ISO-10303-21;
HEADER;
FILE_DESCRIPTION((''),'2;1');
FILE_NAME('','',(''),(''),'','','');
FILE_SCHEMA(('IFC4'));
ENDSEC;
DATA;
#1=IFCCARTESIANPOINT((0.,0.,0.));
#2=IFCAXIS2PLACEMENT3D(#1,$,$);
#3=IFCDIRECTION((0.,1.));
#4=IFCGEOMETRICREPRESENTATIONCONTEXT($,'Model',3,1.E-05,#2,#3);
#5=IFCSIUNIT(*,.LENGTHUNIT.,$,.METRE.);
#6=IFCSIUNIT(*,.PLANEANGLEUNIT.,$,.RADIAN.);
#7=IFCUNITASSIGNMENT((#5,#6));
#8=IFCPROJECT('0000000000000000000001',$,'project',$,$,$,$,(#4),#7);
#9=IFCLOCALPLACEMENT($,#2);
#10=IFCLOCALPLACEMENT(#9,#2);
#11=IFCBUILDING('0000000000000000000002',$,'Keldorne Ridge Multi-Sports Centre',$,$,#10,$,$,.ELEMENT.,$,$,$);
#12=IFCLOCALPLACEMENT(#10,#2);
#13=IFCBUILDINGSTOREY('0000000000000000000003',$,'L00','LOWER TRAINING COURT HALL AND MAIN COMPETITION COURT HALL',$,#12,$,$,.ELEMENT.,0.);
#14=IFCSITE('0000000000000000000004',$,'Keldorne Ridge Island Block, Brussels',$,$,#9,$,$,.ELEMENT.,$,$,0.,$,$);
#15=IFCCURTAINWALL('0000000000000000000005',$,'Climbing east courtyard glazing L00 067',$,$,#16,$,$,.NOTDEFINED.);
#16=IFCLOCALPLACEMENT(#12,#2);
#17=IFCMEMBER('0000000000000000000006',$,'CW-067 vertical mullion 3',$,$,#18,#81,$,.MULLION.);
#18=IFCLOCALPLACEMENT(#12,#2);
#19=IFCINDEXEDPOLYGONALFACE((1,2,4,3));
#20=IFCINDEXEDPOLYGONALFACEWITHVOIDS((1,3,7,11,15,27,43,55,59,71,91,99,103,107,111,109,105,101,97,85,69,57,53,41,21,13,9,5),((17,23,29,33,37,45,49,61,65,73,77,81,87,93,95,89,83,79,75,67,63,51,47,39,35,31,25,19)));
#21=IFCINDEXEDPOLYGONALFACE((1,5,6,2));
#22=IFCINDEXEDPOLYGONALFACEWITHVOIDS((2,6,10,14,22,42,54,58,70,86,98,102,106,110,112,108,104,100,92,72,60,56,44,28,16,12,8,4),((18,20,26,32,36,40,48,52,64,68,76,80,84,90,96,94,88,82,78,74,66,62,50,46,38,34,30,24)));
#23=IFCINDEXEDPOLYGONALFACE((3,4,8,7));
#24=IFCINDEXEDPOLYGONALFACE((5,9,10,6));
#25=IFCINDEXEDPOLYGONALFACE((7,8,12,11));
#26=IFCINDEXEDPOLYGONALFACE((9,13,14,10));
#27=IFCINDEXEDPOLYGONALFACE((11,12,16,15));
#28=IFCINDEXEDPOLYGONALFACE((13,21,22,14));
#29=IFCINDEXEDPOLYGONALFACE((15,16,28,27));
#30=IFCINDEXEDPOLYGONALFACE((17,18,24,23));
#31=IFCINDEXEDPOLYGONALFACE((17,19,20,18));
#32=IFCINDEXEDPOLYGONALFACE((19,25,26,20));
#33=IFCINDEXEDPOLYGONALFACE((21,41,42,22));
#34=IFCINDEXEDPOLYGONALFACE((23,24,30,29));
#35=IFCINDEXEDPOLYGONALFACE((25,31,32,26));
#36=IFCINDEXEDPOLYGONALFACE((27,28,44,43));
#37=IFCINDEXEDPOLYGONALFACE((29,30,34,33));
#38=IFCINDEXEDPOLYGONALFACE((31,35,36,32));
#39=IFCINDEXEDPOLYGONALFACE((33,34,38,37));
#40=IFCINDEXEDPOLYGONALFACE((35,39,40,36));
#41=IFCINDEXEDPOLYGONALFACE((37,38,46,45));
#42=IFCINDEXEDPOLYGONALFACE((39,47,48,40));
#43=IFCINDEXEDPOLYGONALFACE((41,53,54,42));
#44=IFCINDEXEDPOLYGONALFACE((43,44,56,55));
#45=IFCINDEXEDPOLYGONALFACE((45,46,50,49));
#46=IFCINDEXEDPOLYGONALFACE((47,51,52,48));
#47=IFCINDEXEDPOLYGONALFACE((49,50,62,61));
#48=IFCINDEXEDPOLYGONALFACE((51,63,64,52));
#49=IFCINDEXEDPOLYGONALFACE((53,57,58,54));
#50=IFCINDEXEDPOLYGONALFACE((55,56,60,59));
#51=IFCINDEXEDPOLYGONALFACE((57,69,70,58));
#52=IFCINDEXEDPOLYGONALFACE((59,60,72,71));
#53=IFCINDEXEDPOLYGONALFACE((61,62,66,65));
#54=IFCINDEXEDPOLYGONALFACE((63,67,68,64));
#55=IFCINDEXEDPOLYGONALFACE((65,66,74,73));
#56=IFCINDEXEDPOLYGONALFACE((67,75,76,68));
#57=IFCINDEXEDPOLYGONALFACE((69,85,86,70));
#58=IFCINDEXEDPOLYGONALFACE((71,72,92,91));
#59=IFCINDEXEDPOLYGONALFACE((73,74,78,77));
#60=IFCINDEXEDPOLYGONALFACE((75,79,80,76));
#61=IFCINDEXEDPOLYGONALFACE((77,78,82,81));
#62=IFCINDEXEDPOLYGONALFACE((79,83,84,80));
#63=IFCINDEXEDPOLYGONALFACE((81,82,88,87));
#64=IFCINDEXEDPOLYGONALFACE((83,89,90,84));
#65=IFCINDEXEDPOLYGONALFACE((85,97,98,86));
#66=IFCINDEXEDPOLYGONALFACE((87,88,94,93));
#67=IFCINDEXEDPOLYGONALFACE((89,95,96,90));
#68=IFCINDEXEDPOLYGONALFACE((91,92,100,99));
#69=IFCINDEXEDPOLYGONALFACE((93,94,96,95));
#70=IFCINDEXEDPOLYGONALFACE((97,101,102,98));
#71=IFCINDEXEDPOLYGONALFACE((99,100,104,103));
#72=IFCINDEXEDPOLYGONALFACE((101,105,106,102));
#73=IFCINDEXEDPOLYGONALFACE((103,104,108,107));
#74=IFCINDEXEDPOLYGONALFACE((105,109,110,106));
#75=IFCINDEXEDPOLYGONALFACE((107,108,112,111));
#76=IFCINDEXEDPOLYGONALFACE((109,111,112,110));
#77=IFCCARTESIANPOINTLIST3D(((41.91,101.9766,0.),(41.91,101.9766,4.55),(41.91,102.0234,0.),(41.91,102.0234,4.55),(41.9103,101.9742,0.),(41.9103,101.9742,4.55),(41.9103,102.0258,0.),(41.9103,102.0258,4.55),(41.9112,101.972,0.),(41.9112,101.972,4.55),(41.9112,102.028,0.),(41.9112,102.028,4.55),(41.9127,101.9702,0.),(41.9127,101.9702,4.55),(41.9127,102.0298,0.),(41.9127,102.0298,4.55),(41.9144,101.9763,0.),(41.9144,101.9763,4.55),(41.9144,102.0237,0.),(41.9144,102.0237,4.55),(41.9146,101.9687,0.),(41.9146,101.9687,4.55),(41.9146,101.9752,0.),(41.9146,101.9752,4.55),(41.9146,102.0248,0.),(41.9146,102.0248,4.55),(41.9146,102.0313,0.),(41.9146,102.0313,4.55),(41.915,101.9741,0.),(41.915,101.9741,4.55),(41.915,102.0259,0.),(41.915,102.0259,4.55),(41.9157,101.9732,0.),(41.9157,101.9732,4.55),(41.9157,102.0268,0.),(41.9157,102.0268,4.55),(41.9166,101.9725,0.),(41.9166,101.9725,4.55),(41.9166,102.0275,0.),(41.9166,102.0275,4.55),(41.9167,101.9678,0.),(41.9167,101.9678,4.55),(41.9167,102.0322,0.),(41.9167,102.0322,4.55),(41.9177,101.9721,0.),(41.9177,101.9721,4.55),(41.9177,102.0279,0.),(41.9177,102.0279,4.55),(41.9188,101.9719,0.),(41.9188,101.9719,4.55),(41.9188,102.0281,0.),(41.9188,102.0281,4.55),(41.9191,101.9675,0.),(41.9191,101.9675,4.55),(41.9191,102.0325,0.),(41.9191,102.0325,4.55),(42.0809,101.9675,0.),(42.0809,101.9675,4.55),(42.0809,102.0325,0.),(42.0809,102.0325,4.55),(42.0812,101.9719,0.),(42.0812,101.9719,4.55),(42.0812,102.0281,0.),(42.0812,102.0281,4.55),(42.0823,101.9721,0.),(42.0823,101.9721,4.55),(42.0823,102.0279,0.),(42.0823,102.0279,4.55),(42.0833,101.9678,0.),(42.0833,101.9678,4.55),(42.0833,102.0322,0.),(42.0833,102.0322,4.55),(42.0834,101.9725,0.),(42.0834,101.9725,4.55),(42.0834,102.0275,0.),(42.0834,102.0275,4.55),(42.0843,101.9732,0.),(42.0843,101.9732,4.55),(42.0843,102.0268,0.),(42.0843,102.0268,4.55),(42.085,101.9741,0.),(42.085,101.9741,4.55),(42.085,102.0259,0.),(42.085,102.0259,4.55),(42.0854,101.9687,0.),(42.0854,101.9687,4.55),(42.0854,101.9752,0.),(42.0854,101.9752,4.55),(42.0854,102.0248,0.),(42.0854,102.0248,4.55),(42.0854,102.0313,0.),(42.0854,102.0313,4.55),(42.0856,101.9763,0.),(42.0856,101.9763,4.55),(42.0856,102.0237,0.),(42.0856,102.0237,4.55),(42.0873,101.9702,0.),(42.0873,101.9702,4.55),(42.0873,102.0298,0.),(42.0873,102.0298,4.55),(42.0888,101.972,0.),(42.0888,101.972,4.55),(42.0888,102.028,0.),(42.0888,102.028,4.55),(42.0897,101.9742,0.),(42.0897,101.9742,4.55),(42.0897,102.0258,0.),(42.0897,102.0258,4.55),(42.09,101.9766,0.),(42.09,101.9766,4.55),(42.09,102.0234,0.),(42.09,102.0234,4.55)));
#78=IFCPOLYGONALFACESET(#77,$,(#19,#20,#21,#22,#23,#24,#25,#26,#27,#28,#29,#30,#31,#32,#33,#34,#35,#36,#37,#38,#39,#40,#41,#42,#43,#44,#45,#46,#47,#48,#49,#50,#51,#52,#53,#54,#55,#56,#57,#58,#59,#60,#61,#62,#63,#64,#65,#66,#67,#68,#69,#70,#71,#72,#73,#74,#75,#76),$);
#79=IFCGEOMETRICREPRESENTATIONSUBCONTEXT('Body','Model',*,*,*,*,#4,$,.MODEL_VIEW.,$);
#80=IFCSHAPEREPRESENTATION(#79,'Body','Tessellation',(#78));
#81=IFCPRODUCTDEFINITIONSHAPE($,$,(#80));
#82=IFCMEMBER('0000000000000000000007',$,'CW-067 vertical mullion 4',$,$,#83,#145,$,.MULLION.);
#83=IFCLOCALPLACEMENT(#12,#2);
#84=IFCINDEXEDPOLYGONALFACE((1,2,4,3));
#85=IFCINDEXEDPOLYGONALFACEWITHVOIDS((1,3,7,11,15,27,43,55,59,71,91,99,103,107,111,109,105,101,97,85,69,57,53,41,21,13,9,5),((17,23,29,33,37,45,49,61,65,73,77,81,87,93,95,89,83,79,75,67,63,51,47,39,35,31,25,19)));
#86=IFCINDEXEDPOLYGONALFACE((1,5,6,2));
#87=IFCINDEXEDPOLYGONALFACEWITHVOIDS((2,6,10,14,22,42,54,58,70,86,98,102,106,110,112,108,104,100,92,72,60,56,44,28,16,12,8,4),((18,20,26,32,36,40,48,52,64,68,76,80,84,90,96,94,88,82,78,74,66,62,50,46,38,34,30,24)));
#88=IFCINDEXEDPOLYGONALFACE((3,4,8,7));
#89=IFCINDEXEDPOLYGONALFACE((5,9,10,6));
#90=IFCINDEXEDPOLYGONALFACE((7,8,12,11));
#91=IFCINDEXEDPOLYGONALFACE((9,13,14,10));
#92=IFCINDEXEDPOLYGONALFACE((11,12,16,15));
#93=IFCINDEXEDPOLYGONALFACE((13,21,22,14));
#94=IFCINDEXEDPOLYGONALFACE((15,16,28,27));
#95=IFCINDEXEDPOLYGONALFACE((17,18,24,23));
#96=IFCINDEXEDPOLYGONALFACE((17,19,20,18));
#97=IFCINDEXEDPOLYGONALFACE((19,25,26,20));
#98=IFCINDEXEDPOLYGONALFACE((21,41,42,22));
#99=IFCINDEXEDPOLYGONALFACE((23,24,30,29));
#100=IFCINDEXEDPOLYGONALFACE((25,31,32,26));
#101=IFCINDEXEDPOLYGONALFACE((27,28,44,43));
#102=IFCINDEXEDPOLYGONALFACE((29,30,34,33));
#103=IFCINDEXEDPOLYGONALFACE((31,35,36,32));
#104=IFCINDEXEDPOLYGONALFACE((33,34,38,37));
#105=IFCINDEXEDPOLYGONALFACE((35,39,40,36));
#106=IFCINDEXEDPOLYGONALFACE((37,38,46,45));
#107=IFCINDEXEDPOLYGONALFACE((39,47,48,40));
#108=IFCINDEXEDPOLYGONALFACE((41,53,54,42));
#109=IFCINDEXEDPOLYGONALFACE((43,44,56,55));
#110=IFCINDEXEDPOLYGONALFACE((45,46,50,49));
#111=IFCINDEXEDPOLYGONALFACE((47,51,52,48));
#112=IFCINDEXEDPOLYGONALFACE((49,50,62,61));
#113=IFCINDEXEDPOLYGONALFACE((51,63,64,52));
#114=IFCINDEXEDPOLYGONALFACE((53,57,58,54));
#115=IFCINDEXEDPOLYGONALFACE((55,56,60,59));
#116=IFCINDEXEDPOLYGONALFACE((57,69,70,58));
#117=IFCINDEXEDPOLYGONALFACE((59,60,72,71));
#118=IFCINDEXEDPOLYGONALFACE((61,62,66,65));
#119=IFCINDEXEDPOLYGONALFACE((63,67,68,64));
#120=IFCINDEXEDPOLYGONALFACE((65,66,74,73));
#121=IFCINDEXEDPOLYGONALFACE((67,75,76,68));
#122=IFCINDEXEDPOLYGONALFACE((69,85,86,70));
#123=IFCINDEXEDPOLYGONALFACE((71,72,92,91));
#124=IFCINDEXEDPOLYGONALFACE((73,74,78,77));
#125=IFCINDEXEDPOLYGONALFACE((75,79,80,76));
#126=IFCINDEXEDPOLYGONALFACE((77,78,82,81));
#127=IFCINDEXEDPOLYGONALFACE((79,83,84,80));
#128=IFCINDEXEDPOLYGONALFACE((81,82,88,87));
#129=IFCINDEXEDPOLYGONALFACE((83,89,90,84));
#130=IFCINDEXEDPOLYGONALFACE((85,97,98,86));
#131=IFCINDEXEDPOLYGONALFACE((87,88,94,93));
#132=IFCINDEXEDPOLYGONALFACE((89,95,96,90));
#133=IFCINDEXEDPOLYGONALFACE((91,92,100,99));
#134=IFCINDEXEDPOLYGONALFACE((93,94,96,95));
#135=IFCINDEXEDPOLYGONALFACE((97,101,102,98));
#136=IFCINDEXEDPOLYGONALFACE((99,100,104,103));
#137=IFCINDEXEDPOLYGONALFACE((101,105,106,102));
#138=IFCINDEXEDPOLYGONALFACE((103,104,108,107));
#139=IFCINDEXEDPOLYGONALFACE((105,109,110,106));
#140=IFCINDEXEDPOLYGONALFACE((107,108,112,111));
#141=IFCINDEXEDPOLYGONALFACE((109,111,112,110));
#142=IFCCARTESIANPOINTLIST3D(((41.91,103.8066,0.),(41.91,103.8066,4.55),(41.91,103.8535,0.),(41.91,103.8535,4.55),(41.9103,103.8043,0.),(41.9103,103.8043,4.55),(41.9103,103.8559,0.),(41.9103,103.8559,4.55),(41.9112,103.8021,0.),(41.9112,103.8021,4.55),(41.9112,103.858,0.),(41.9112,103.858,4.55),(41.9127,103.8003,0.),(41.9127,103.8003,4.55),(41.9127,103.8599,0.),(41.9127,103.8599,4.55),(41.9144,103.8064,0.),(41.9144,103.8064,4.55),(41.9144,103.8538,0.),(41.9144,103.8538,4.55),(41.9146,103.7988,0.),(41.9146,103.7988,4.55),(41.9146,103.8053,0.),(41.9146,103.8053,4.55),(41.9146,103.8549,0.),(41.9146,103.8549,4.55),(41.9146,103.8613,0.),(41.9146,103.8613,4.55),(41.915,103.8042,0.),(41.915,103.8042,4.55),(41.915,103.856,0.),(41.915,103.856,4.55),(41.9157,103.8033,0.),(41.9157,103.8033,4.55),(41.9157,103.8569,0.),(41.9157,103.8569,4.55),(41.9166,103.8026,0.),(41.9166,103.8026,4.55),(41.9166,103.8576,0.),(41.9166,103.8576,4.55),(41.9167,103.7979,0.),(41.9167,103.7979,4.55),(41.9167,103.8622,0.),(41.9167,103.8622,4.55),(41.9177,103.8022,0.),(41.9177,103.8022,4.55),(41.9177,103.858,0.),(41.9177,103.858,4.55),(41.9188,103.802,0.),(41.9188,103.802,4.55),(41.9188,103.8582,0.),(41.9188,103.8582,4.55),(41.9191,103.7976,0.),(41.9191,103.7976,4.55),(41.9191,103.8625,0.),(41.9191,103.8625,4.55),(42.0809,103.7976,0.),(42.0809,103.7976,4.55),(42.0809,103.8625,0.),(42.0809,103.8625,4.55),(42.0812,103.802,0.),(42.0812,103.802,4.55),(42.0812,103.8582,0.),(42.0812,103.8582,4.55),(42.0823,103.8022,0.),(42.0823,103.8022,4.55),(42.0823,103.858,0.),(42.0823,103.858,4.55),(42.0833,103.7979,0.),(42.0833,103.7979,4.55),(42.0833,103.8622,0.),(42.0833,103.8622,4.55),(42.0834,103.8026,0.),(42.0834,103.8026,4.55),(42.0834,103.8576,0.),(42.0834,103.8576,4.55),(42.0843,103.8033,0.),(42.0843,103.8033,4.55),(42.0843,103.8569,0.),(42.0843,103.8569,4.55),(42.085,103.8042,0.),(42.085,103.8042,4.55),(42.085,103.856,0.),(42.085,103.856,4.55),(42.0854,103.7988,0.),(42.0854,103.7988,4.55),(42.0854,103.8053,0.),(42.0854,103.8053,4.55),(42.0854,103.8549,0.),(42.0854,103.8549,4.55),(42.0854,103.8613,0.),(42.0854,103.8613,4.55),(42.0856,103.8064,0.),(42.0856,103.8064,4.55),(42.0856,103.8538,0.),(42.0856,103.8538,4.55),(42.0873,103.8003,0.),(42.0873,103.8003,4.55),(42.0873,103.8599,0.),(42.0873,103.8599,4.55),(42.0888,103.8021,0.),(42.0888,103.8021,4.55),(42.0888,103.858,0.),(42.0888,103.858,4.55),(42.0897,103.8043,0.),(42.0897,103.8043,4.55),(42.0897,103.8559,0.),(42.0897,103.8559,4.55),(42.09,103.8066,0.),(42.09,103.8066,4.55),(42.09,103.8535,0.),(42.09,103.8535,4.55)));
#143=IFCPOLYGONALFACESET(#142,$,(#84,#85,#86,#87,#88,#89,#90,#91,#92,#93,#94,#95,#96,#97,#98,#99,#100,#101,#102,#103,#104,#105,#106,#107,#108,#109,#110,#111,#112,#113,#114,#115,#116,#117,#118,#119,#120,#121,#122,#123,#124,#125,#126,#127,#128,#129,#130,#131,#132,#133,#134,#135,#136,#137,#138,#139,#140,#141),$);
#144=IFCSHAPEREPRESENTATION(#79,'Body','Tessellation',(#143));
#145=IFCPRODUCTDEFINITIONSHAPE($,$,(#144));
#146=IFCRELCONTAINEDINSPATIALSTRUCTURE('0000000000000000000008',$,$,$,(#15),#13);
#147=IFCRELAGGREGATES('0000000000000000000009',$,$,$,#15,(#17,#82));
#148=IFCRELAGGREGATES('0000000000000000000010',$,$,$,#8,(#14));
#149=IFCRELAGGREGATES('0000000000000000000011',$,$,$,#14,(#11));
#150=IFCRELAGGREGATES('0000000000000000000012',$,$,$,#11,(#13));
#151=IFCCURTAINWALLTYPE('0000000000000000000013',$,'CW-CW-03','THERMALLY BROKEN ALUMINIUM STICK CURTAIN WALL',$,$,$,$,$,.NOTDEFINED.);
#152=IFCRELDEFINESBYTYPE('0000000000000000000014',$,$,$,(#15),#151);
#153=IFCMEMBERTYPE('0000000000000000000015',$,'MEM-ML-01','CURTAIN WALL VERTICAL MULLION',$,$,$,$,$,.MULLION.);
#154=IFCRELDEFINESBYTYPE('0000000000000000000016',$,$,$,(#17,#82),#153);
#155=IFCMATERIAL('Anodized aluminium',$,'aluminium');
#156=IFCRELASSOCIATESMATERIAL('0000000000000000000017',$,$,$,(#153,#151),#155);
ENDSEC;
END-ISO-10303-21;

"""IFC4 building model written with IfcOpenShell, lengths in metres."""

from ifc_helpers import new_model, si_unit, direction, frame, origin, origin_2d, place, context, subcontext, project, spatial, hollow_rectangle, extrude, material, material_profile, profile_set, type_object, element, aggregate, save


model = new_model("IFC4")

# Units and contexts
model_context = context("Model", 3, precision=1e-05, world=origin(), true_north=direction((0.0, 1.0)))
body_context = subcontext(model_context, "Body", "Model", "MODEL_VIEW")
ifc_project = project(units=[si_unit("LENGTHUNIT", "METRE"), si_unit("PLANEANGLEUNIT", "RADIAN")], contexts=[model_context])

# Site, building, storey
site_placement = place(None, origin())
site = spatial("IfcSite", under=ifc_project, at=site_placement, Name="Keldorne Ridge Island Block, Brussels", CompositionType="ELEMENT", RefElevation=0.0)
building_placement = place(site_placement, origin())
building = spatial("IfcBuilding", under=site, at=building_placement, Name="Keldorne Ridge Multi-Sports Centre", CompositionType="ELEMENT")
storey_placement = place(building_placement, origin())
storey = spatial("IfcBuildingStorey", under=building, at=storey_placement, Name="L00", Description="LOWER TRAINING COURT HALL AND MAIN COMPETITION COURT HALL", CompositionType="ELEMENT", Elevation=0.0)

# Shared definitions
ifc_material_1 = material(Name="Anodized aluminium", Category="aluminium")
ifc_material_profile_1 = material_profile(ifc_material_1, hollow_rectangle(XDim=0.0649, YDim=0.1799, WallThickness=0.0044, InnerFilletRadius=0.0044, OuterFilletRadius=0.009, at=origin_2d()), Name="ALU MULLION 180x65x4.5")
ifc_profile_set_1 = profile_set([ifc_material_profile_1], Name="Anodized aluminium")
member_type_1 = type_object("IfcMemberType", Name="MEM-ML-01", Description="CURTAIN WALL VERTICAL MULLION", PredefinedType="MULLION", material=ifc_profile_set_1)

# Curtain wall, members
curtain_wall_type_1 = type_object("IfcCurtainWallType", Name="CW-CW-03", Description="THERMALLY BROKEN ALUMINIUM STICK CURTAIN WALL", PredefinedType="NOTDEFINED", material=ifc_material_1)
curtain_wall_1_placement = place(storey_placement, origin())
curtain_wall_1 = element("IfcCurtainWall", 1, at=curtain_wall_1_placement, inside=storey, type_object=curtain_wall_type_1, Name="Climbing east courtyard glazing L00 067", PredefinedType="NOTDEFINED")
member_1_placement = place(storey_placement, frame((42.0, 102.0, 0.0), z_axis=(0.0, 0.0, 1.0), x_axis=(0.0, 1.0, 0.0)))
member_1 = element("IfcMember", 2, at=member_1_placement, type_object=member_type_1, Name="CW-067 vertical mullion 3", PredefinedType="MULLION", context=body_context, shape_type="SweptSolid", body=[
    extrude(hollow_rectangle(XDim=0.0649, YDim=0.1799, WallThickness=0.0044, InnerFilletRadius=0.0044, OuterFilletRadius=0.009, at=origin_2d()), origin(), (0.0, 0.0, 1.0), 4.55),
])
member_2_placement = place(storey_placement, frame((42.0, 103.8301, 0.0), z_axis=(0.0, 0.0, 1.0), x_axis=(0.0, 1.0, 0.0)))
member_2 = element("IfcMember", 3, at=member_2_placement, type_object=member_type_1, Name="CW-067 vertical mullion 4", PredefinedType="MULLION", context=body_context, shape_type="SweptSolid", body=[
    extrude(hollow_rectangle(XDim=0.0649, YDim=0.1799, WallThickness=0.0044, InnerFilletRadius=0.0044, OuterFilletRadius=0.009, at=origin_2d()), origin(), (0.0, 0.0, 1.0), 4.55),
])

aggregate(curtain_wall_1, [member_1, member_2])

save(model, "model.ifc")
